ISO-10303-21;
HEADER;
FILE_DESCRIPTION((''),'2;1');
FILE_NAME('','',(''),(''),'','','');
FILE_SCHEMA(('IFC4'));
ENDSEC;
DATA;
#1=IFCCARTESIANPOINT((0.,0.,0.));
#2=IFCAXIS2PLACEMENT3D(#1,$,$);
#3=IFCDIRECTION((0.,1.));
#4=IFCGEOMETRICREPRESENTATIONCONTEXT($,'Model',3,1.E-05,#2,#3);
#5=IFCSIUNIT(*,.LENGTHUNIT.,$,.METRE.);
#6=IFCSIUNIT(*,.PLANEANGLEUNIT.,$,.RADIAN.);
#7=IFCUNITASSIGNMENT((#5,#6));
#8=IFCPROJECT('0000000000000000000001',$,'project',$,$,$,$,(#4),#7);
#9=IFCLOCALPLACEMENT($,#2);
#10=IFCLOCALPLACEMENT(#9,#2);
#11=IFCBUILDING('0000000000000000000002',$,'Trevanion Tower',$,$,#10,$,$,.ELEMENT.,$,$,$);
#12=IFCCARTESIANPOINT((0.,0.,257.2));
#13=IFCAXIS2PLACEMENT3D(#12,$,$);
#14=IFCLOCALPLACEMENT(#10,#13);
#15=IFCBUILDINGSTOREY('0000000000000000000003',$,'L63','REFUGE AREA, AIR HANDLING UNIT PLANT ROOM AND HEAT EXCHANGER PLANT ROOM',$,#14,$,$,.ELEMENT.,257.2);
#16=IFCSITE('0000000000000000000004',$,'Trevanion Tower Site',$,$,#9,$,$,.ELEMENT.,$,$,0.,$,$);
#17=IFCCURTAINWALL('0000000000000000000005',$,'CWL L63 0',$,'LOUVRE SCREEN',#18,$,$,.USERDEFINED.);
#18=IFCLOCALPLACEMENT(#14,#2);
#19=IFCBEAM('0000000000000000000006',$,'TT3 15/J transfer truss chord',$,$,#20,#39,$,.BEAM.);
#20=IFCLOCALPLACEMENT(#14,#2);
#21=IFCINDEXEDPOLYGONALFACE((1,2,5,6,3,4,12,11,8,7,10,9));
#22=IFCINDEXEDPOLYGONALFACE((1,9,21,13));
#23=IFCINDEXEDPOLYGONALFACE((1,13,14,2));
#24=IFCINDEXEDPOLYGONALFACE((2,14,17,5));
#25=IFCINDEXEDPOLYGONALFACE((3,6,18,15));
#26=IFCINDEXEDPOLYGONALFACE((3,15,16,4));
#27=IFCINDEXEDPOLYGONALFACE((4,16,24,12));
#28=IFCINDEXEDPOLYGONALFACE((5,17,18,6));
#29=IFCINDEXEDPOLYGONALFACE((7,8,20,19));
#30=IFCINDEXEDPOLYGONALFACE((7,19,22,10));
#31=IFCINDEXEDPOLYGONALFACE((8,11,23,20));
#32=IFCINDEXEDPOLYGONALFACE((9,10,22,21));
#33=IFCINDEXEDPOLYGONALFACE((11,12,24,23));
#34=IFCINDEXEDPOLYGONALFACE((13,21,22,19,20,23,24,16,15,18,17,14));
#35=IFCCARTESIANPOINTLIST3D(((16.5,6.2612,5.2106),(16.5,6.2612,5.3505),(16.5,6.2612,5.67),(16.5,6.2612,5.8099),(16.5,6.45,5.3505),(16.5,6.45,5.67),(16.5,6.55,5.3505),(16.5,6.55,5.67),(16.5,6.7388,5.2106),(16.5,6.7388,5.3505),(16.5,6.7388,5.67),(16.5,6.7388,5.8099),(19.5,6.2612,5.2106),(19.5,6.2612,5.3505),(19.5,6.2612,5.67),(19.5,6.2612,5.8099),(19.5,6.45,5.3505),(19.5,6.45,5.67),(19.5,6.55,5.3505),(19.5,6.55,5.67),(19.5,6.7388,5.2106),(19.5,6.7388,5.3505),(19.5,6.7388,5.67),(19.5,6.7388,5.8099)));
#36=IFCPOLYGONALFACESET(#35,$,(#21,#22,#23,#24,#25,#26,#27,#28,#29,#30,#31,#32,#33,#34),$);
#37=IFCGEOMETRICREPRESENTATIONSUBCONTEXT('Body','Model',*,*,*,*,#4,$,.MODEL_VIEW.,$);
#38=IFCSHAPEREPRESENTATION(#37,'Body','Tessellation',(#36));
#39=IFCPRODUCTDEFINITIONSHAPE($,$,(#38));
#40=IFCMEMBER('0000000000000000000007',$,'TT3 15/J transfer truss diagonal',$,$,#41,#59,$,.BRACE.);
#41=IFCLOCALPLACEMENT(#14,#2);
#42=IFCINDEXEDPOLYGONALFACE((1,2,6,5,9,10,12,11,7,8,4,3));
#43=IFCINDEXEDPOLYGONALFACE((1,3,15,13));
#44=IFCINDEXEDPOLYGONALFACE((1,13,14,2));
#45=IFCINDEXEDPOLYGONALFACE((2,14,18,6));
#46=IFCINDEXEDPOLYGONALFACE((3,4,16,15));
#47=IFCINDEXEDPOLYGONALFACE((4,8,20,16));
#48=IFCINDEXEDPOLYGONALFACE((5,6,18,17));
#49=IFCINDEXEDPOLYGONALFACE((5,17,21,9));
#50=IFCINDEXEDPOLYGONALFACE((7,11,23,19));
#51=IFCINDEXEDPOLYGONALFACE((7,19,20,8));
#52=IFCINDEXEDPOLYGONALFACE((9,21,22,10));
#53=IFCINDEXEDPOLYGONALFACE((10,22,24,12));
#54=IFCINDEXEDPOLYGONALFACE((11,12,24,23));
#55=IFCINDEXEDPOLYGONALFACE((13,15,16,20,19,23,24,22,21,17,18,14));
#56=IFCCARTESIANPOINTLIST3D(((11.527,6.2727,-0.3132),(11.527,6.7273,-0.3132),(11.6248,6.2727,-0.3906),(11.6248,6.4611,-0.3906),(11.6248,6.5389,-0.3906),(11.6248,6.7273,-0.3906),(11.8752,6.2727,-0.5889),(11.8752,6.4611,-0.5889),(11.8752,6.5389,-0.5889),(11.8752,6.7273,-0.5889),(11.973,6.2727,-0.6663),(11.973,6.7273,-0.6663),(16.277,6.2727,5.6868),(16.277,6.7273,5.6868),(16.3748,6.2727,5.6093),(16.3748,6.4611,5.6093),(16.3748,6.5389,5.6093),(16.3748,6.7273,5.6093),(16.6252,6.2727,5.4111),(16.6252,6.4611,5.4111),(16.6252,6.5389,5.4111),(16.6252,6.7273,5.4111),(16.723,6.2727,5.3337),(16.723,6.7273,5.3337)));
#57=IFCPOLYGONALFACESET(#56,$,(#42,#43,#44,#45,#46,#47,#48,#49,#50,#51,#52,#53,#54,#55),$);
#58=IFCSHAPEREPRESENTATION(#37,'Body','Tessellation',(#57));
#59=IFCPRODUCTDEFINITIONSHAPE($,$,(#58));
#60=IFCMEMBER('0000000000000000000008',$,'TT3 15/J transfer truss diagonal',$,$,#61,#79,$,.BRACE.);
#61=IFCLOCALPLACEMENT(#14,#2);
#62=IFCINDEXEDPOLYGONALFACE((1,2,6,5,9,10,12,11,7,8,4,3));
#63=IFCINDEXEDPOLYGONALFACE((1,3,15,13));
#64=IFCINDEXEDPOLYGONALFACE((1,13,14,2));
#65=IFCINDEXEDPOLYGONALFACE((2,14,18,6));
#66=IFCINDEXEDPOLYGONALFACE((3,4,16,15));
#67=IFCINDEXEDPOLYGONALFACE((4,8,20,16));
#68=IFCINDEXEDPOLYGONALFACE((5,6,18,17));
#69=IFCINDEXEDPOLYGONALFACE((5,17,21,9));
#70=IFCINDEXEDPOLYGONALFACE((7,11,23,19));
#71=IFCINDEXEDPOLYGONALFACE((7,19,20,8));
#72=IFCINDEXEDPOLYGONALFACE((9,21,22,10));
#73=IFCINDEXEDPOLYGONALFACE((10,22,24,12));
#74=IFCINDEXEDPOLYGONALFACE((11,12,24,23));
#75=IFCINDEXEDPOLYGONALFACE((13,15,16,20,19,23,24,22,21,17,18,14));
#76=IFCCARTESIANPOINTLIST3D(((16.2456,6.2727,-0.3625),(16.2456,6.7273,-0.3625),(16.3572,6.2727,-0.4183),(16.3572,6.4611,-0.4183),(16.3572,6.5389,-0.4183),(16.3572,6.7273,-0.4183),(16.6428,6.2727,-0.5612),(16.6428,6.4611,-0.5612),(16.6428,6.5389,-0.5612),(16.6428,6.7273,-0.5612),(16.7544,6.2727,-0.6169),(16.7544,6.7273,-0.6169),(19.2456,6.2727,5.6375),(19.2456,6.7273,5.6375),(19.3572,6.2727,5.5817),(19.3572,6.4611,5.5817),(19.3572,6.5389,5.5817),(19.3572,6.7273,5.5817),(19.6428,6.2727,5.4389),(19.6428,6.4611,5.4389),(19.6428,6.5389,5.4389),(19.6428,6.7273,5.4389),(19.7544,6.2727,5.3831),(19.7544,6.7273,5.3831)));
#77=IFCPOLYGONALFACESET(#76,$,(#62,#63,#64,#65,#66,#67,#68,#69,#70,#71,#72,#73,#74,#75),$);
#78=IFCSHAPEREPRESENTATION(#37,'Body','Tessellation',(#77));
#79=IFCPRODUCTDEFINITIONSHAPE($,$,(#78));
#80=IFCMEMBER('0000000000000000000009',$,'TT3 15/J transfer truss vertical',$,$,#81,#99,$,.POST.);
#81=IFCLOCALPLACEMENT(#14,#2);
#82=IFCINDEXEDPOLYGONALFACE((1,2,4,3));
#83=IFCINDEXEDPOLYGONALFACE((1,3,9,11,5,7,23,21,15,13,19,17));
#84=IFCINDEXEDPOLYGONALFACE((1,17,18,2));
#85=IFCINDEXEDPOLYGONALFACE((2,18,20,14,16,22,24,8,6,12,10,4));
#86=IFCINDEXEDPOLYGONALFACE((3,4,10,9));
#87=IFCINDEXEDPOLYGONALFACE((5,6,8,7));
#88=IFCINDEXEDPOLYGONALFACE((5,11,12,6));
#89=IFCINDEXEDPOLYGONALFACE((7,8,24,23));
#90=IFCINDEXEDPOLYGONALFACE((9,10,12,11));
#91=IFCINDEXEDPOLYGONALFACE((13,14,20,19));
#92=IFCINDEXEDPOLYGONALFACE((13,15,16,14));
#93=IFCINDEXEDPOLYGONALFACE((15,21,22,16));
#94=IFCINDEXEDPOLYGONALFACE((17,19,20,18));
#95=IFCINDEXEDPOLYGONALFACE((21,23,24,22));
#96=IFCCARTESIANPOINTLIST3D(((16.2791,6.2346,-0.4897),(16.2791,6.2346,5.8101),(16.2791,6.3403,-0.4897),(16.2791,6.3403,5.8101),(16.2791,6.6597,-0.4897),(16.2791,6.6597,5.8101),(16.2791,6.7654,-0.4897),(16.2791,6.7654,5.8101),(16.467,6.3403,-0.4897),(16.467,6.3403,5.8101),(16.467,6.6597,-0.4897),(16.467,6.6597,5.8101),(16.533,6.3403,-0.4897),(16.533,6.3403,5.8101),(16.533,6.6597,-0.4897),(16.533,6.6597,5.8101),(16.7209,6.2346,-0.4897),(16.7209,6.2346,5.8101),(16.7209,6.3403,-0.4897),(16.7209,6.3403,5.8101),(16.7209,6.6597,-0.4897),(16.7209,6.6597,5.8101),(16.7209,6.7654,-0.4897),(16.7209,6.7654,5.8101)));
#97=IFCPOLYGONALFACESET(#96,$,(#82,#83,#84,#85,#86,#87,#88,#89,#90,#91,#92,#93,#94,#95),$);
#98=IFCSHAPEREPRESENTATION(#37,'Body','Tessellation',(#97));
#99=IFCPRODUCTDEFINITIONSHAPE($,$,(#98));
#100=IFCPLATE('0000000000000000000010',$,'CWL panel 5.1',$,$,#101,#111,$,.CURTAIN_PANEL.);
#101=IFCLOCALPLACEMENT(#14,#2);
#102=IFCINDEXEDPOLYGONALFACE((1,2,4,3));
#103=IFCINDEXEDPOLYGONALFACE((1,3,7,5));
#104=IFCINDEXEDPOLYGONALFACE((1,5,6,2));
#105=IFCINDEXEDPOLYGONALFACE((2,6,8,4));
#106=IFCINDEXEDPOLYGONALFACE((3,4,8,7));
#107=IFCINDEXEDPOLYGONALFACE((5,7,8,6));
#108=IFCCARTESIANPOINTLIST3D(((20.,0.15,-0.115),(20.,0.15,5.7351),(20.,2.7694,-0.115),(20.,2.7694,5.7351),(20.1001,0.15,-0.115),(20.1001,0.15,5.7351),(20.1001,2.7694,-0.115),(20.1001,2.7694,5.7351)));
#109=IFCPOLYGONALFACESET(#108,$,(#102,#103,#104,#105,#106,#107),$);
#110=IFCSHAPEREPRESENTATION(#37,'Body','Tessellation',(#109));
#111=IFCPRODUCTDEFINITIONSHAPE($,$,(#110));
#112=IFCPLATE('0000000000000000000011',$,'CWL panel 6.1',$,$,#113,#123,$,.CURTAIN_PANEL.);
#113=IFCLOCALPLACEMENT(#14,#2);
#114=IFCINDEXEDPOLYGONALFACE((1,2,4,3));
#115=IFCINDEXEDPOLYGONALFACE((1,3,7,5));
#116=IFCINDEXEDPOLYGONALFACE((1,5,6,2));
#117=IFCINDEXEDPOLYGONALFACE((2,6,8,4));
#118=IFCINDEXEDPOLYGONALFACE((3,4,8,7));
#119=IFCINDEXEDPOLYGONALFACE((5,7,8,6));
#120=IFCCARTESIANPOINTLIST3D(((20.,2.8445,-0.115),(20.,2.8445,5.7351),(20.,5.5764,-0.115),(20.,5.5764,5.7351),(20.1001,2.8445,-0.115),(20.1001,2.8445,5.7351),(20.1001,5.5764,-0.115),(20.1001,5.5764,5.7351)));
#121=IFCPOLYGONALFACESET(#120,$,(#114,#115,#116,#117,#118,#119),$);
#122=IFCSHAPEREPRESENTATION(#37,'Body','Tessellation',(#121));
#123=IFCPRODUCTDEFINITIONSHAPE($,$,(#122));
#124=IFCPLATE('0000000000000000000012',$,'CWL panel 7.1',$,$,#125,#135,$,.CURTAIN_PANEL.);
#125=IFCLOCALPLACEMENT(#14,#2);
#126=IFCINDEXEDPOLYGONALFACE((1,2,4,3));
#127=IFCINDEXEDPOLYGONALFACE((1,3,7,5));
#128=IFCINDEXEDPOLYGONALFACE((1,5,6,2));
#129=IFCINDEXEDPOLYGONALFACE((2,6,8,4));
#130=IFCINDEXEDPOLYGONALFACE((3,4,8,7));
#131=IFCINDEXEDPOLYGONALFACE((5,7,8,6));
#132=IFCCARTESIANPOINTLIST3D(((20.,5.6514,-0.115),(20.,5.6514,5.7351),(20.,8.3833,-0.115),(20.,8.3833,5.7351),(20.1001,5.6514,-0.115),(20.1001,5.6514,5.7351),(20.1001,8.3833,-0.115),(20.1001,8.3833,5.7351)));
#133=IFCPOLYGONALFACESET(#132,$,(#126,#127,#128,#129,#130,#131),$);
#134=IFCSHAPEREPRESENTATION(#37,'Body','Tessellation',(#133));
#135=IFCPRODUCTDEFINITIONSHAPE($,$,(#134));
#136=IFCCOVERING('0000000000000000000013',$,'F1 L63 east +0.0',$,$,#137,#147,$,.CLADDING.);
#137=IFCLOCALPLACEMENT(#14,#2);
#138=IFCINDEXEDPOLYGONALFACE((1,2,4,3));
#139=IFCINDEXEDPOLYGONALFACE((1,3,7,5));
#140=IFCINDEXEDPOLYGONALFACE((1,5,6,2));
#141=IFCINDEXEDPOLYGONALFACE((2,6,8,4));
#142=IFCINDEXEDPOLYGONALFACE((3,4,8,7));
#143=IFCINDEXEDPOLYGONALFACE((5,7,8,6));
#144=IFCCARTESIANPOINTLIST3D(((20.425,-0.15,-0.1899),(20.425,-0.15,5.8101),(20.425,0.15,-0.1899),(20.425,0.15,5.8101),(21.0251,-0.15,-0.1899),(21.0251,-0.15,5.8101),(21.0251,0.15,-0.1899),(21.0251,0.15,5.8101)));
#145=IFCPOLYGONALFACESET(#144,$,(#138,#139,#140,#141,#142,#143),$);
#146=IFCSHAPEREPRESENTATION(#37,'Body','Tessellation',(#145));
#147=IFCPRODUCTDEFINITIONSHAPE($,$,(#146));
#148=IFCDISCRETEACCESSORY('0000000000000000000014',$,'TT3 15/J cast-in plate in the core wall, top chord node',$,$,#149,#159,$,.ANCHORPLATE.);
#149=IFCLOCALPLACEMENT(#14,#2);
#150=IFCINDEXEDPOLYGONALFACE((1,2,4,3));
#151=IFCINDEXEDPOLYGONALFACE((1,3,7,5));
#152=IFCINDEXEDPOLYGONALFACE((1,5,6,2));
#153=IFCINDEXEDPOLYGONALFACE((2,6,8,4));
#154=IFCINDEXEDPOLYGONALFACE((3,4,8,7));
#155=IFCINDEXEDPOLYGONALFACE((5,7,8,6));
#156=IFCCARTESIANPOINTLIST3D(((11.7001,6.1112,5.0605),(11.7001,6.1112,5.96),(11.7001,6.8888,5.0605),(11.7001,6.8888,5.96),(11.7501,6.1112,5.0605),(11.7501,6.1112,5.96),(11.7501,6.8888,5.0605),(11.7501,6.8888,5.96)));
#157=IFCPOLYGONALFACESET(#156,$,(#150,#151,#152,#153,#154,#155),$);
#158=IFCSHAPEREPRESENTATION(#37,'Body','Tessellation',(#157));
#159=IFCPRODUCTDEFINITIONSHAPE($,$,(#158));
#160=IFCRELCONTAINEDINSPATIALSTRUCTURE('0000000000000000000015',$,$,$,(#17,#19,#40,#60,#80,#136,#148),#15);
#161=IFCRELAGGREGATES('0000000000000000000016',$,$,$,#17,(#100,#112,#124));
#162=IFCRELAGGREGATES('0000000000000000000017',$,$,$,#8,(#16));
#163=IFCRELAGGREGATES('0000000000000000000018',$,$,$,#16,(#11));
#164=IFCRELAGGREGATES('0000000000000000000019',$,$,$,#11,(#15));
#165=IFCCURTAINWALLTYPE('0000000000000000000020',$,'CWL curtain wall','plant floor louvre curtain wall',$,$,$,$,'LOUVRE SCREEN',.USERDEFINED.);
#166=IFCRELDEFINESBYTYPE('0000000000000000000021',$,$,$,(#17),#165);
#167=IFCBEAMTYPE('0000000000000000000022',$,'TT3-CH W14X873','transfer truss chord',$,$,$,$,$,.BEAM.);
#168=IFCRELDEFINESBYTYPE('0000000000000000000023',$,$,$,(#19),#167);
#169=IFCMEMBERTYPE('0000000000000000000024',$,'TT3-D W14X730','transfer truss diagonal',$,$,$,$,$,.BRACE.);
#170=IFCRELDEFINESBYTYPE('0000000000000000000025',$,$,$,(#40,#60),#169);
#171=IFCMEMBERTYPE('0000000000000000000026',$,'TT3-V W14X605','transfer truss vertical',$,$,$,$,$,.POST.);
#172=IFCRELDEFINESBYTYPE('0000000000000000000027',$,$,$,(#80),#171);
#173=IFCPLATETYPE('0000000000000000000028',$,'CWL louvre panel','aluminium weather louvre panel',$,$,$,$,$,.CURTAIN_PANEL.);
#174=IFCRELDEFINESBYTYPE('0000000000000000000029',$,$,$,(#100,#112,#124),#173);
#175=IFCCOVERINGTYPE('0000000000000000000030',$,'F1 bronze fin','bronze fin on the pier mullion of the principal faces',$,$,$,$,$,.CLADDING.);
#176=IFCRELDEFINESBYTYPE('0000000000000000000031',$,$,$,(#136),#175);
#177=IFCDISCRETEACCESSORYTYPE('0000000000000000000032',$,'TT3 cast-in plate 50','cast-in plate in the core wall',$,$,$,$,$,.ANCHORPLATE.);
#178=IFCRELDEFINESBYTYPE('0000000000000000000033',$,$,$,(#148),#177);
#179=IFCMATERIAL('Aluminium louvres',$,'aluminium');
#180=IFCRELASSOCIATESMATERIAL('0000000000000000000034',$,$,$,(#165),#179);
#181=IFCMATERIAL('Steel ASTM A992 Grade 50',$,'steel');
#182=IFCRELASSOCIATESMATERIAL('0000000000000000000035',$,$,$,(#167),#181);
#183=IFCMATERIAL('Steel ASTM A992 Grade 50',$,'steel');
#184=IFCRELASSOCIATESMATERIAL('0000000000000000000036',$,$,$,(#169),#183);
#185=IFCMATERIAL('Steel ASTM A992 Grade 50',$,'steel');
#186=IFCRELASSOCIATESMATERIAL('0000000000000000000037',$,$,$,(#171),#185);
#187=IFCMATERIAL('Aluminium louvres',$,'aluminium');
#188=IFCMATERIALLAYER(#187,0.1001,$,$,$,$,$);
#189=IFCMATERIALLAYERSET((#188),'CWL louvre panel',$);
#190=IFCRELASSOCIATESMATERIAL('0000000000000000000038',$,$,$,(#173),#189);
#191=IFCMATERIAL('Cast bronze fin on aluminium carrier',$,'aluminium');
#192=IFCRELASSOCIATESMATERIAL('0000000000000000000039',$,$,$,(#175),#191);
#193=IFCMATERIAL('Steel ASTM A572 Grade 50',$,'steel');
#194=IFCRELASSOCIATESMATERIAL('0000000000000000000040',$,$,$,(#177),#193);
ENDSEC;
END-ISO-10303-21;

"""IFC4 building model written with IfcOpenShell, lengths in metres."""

from ifc_helpers import new_model, si_unit, direction, frame, origin, origin_2d, place, context, subcontext, project, spatial, rectangle, i_section, extrude, material, layer, layer_set, material_profile, profile_set, type_object, element, aggregate, save


model = new_model("IFC4")

# Units and contexts
model_context = context("Model", 3, precision=1e-05, world=origin(), true_north=direction((0.0, 1.0)))
body_context = subcontext(model_context, "Body", "Model", "MODEL_VIEW")
ifc_project = project(units=[si_unit("LENGTHUNIT", "METRE"), si_unit("PLANEANGLEUNIT", "RADIAN")], contexts=[model_context])

# Site, building, storey
site_placement = place(None, origin())
site = spatial("IfcSite", under=ifc_project, at=site_placement, Name="Trevanion Tower Site", CompositionType="ELEMENT", RefElevation=0.0)
building_placement = place(site_placement, origin())
building = spatial("IfcBuilding", under=site, at=building_placement, Name="Trevanion Tower", CompositionType="ELEMENT")
storey_placement = place(building_placement, frame((0.0, 0.0, 257.2)))
storey = spatial("IfcBuildingStorey", under=building, at=storey_placement, Name="L63", Description="REFUGE AREA, AIR HANDLING UNIT PLANT ROOM AND HEAT EXCHANGER PLANT ROOM", CompositionType="ELEMENT", Elevation=257.2)

# Curtain wall
ifc_material_1 = material(Name="Aluminium louvres", Category="aluminium")
curtain_wall_type = type_object("IfcCurtainWallType", Name="CWL curtain wall", Description="plant floor louvre curtain wall", ElementType="LOUVRE SCREEN", PredefinedType="USERDEFINED", material=ifc_material_1)
curtain_wall_placement = place(storey_placement, origin())
curtain_wall = element("IfcCurtainWall", 1, at=curtain_wall_placement, inside=storey, type_object=curtain_wall_type, Name="CWL L63 0", ObjectType="LOUVRE SCREEN", PredefinedType="USERDEFINED")

# Beam
ifc_material_2 = material(Name="Steel ASTM A992 Grade 50", Category="steel")
ifc_material_profile_1 = material_profile(ifc_material_2, i_section(OverallWidth=0.4775, OverallDepth=0.5994, WebThickness=0.1001, FlangeThickness=0.1399, at=origin_2d()), Name="W14X873")
ifc_profile_set_1 = profile_set([ifc_material_profile_1], Name="Steel ASTM A992 Grade 50")
beam_type_1 = type_object("IfcBeamType", Name="TT3-CH W14X873", Description="transfer truss chord", PredefinedType="BEAM", material=ifc_profile_set_1)
beam_1_placement = place(storey_placement, frame((16.5, 6.5, 5.5103), z_axis=(1.0, 0.0, 0.0), x_axis=(0.0, 1.0, 0.0)))
element("IfcBeam", 2, at=beam_1_placement, inside=storey, type_object=beam_type_1, Name="TT3 15/J transfer truss chord", PredefinedType="BEAM", context=body_context, shape_type="SweptSolid", body=[
    extrude(i_section(OverallWidth=0.4775, OverallDepth=0.5994, WebThickness=0.1001, FlangeThickness=0.1399, at=origin_2d()), origin(), (0.0, 0.0, 1.0), 3.0),
])

# Members
ifc_material_3 = material(Name="Steel ASTM A992 Grade 50", Category="steel")
ifc_material_profile_2 = material_profile(ifc_material_3, i_section(OverallWidth=0.4546, OverallDepth=0.5688, WebThickness=0.0779, FlangeThickness=0.1248, at=origin_2d()), Name="W14X730")
ifc_profile_set_2 = profile_set([ifc_material_profile_2], Name="Steel ASTM A992 Grade 50")
member_type_1 = type_object("IfcMemberType", Name="TT3-D W14X730", Description="transfer truss diagonal", PredefinedType="BRACE", material=ifc_profile_set_2)
member_1_placement = place(storey_placement, frame((11.75, 6.5, -0.4897), z_axis=(0.620703, 0.0, 0.784046), x_axis=(0.0, 1.0, 0.0)))
element("IfcMember", 3, at=member_1_placement, inside=storey, type_object=member_type_1, Name="TT3 15/J transfer truss diagonal", PredefinedType="BRACE", context=body_context, shape_type="SweptSolid", body=[
    extrude(i_section(OverallWidth=0.4546, OverallDepth=0.5688, WebThickness=0.0779, FlangeThickness=0.1248, at=origin_2d()), origin(), (0.0, 0.0, 1.0), 7.6526),
])
member_2_placement = place(storey_placement, frame((16.5, 6.5, -0.4897), z_axis=(0.447214, 0.0, 0.894427), x_axis=(0.0, 1.0, 0.0)))
element("IfcMember", 4, at=member_2_placement, inside=storey, type_object=member_type_1, Name="TT3 15/J transfer truss diagonal", PredefinedType="BRACE", context=body_context, shape_type="SweptSolid", body=[
    extrude(i_section(OverallWidth=0.4546, OverallDepth=0.5688, WebThickness=0.0779, FlangeThickness=0.1248, at=origin_2d()), origin(), (0.0, 0.0, 1.0), 6.7083),
])
ifc_material_4 = material(Name="Steel ASTM A992 Grade 50", Category="steel")
ifc_material_profile_3 = material_profile(ifc_material_4, i_section(OverallWidth=0.4419, OverallDepth=0.5308, WebThickness=0.0659, FlangeThickness=0.1057, at=origin_2d()), Name="W14X605")
ifc_profile_set_3 = profile_set([ifc_material_profile_3], Name="Steel ASTM A992 Grade 50")
member_type_2 = type_object("IfcMemberType", Name="TT3-V W14X605", Description="transfer truss vertical", PredefinedType="POST", material=ifc_profile_set_3)
member_3_placement = place(storey_placement, frame((16.5, 6.5, -0.4897), z_axis=(0.0, 0.0, 1.0), x_axis=(1.0, 0.0, 0.0)))
element("IfcMember", 5, at=member_3_placement, inside=storey, type_object=member_type_2, Name="TT3 15/J transfer truss vertical", PredefinedType="POST", context=body_context, shape_type="SweptSolid", body=[
    extrude(i_section(OverallWidth=0.4419, OverallDepth=0.5308, WebThickness=0.0659, FlangeThickness=0.1057, at=origin_2d()), origin(), (0.0, 0.0, 1.0), 6.2998),
])

# Plates
ifc_material_5 = material(Name="Aluminium louvres", Category="aluminium")
ifc_layer = layer(ifc_material_5, 0.1001)
ifc_layer_set = layer_set([ifc_layer], Name="CWL louvre panel")
plate_type = type_object("IfcPlateType", Name="CWL louvre panel", Description="aluminium weather louvre panel", PredefinedType="CURTAIN_PANEL", material=ifc_layer_set)
plate_1_placement = place(storey_placement, frame((20.05, 1.4597, -0.115), z_axis=(0.0, 0.0, 1.0), x_axis=(0.0, 1.0, 0.0)))
plate_1 = element("IfcPlate", 6, at=plate_1_placement, type_object=plate_type, Name="CWL panel 5.1", PredefinedType="CURTAIN_PANEL", context=body_context, shape_type="SweptSolid", body=[
    extrude(rectangle(XDim=2.6194, YDim=0.1001, at=origin_2d()), origin(), (0.0, 0.0, 1.0), 5.8501),
])
plate_2_placement = place(storey_placement, frame((20.05, 4.2104, -0.115), z_axis=(0.0, 0.0, 1.0), x_axis=(0.0, 1.0, 0.0)))
plate_2 = element("IfcPlate", 7, at=plate_2_placement, type_object=plate_type, Name="CWL panel 6.1", PredefinedType="CURTAIN_PANEL", context=body_context, shape_type="SweptSolid", body=[
    extrude(rectangle(XDim=2.7319, YDim=0.1001, at=origin_2d()), origin(), (0.0, 0.0, 1.0), 5.8501),
])
plate_3_placement = place(storey_placement, frame((20.05, 7.0173, -0.115), z_axis=(0.0, 0.0, 1.0), x_axis=(0.0, 1.0, 0.0)))
plate_3 = element("IfcPlate", 8, at=plate_3_placement, type_object=plate_type, Name="CWL panel 7.1", PredefinedType="CURTAIN_PANEL", context=body_context, shape_type="SweptSolid", body=[
    extrude(rectangle(XDim=2.7319, YDim=0.1001, at=origin_2d()), origin(), (0.0, 0.0, 1.0), 5.8501),
])
aggregate(curtain_wall, [plate_1, plate_2, plate_3])

# Covering
ifc_material_6 = material(Name="Cast bronze fin on aluminium carrier", Category="aluminium")
covering_type = type_object("IfcCoveringType", Name="F1 bronze fin", Description="bronze fin on the pier mullion of the principal faces", PredefinedType="CLADDING", material=ifc_material_6)
covering_placement = place(storey_placement, frame((20.7251, 0.0, -0.1899), z_axis=(0.0, 0.0, 1.0), x_axis=(0.0, 1.0, 0.0)))
element("IfcCovering", 9, at=covering_placement, inside=storey, type_object=covering_type, Name="F1 L63 east +0.0", PredefinedType="CLADDING", context=body_context, shape_type="SweptSolid", body=[
    extrude(rectangle(XDim=0.3, YDim=0.6001, at=origin_2d()), origin(), (0.0, 0.0, 1.0), 6.0),
])

# Discrete accessory
ifc_material_7 = material(Name="Steel ASTM A572 Grade 50", Category="steel")
discrete_accessory_type = type_object("IfcDiscreteAccessoryType", Name="TT3 cast-in plate 50", Description="cast-in plate in the core wall", PredefinedType="ANCHORPLATE", material=ifc_material_7)
discrete_accessory_placement = place(storey_placement, frame((11.7251, 6.5, 5.0605), z_axis=(0.0, 0.0, 1.0), x_axis=(1.0, 0.0, 0.0)))
element("IfcDiscreteAccessory", 10, at=discrete_accessory_placement, inside=storey, type_object=discrete_accessory_type, Name="TT3 15/J cast-in plate in the core wall, top chord node", PredefinedType="ANCHORPLATE", context=body_context, shape_type="SweptSolid", body=[
    extrude(rectangle(XDim=0.05, YDim=0.7776, at=origin_2d()), origin(), (0.0, 0.0, 1.0), 0.8994),
])

save(model, "model.ifc")
